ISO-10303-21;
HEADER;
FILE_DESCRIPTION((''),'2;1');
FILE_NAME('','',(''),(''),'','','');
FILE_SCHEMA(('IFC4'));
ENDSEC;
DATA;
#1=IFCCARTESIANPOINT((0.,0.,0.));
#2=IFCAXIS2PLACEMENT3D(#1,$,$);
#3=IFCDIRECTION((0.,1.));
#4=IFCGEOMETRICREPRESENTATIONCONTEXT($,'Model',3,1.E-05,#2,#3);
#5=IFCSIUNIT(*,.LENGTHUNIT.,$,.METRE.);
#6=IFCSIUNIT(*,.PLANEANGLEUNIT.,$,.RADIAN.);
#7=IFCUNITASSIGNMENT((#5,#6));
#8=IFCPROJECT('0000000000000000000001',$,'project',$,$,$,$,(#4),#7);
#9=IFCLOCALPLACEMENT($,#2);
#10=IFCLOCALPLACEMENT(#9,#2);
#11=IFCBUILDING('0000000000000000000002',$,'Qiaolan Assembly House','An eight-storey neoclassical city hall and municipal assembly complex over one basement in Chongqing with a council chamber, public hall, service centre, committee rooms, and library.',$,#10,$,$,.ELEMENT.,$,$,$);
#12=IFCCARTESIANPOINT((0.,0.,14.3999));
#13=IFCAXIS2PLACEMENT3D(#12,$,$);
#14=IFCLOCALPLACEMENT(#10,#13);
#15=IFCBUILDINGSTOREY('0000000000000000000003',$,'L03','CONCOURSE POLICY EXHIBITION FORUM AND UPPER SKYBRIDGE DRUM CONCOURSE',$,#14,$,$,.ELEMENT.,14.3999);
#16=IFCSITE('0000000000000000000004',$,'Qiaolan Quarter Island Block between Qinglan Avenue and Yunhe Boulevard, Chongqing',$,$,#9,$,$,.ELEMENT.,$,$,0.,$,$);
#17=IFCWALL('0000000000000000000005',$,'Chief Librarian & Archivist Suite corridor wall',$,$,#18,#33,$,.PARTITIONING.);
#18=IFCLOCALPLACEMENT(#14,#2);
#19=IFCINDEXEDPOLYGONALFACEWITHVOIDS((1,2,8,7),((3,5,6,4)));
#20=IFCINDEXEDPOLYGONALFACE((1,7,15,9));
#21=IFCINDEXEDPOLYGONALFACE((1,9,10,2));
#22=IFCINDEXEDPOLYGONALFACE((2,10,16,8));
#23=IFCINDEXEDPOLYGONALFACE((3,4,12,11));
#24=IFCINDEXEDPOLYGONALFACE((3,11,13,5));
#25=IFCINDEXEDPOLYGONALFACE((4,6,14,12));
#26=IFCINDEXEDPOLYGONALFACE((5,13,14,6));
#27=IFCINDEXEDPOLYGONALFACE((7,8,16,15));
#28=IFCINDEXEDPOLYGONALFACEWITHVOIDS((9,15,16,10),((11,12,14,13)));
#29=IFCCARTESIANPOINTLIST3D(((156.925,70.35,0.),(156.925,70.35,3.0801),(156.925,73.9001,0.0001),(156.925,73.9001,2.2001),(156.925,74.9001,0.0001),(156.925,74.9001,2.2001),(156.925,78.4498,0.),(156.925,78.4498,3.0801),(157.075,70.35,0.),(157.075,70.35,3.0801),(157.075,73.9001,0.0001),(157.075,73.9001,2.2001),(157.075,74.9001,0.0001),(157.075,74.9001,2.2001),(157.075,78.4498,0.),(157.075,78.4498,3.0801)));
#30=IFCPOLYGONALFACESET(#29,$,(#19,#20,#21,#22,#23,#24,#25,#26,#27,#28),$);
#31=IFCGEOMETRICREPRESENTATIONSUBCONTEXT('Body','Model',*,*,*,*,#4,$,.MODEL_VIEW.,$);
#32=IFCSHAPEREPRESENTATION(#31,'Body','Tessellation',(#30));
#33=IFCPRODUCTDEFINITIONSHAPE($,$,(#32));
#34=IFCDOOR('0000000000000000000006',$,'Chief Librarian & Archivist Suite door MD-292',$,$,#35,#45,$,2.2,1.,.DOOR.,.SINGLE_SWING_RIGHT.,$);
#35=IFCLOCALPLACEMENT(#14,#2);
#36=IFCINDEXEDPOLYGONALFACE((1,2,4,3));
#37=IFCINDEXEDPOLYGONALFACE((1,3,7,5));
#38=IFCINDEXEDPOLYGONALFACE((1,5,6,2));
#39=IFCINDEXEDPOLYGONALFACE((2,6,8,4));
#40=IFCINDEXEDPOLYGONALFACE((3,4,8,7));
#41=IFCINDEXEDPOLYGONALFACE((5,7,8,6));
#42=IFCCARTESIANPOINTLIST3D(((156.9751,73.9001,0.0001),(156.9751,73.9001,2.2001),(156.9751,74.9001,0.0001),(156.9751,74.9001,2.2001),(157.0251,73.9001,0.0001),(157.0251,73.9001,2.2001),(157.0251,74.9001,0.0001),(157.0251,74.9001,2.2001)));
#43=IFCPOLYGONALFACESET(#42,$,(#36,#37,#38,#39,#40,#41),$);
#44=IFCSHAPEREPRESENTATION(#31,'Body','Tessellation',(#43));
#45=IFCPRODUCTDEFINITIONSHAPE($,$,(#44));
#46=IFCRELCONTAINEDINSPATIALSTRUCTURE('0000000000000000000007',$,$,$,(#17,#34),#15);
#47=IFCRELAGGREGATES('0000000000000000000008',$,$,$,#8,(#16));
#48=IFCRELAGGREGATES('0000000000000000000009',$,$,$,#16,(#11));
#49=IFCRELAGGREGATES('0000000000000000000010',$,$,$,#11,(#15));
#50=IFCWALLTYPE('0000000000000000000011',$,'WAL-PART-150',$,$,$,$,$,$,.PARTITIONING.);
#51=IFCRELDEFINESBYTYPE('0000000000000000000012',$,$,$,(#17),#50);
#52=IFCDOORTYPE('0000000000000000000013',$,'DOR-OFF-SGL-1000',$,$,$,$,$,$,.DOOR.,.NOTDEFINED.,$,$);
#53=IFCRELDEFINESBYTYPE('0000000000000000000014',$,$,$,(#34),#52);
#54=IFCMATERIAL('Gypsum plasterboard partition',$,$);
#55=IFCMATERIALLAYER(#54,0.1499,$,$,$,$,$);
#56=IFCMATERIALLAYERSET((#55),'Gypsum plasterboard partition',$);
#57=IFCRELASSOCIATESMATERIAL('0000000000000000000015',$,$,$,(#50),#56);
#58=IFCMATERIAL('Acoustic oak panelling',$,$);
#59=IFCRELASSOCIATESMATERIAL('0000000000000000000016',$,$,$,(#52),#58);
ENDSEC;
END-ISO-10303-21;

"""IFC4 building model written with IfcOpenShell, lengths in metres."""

from ifc_helpers import new_model, si_unit, direction, frame, frame_2d, origin, place, context, subcontext, project, spatial, rectangle, extrude, material, layer, layer_set, type_object, element, fill, save


model = new_model("IFC4")

# Units and contexts
model_context = context("Model", 3, precision=1e-05, world=origin(), true_north=direction((0.0, 1.0)))
body_context = subcontext(model_context, "Body", "Model", "MODEL_VIEW")
ifc_project = project(units=[si_unit("LENGTHUNIT", "METRE"), si_unit("PLANEANGLEUNIT", "RADIAN")], contexts=[model_context])

# Site, building, storey
site_placement = place(None, origin())
site = spatial("IfcSite", under=ifc_project, at=site_placement, Name="Qiaolan Quarter Island Block between Qinglan Avenue and Yunhe Boulevard, Chongqing", CompositionType="ELEMENT", RefElevation=0.0)
building_placement = place(site_placement, origin())
building = spatial("IfcBuilding", under=site, at=building_placement, Name="Qiaolan Assembly House", Description="An eight-storey neoclassical city hall and municipal assembly complex over one basement in Chongqing with a council chamber, public hall, service centre, committee rooms, and library.", CompositionType="ELEMENT")
storey_placement = place(building_placement, frame((0.0, 0.0, 14.3999)))
storey = spatial("IfcBuildingStorey", under=building, at=storey_placement, Name="L03", Description="CONCOURSE POLICY EXHIBITION FORUM AND UPPER SKYBRIDGE DRUM CONCOURSE", CompositionType="ELEMENT", Elevation=14.3999)

# Shared definitions
ifc_material_1 = material(Name="Gypsum plasterboard partition")

# Wall, opening, door
ifc_layer_1 = layer(ifc_material_1, 0.1499)
ifc_layer_set_1 = layer_set([ifc_layer_1], Name="Gypsum plasterboard partition")
wall_type_1 = type_object("IfcWallType", Name="WAL-PART-150", PredefinedType="PARTITIONING", material=ifc_layer_set_1)
wall_1_placement = place(storey_placement, frame((157.0, 70.3501, 0.0), z_axis=(0.0, 0.0, 1.0), x_axis=(0.0, 1.0, 0.0)))
wall_1 = element("IfcWall", 1, at=wall_1_placement, inside=storey, type_object=wall_type_1, Name="Chief Librarian & Archivist Suite corridor wall", PredefinedType="PARTITIONING", context=body_context, shape_type="SweptSolid", body=[
    extrude(rectangle(XDim=8.0999, YDim=0.1499, at=frame_2d((4.0498, 0.0))), origin(), (0.0, 0.0, 1.0), 3.0801),
])
opening_placement = place(wall_1_placement, frame((3.55, 0.0, 0.0)))
opening = element("IfcOpeningElement", 2, at=opening_placement, cuts=wall_1, PredefinedType="OPENING", context=body_context, shape_type="SweptSolid", body=[
    extrude(rectangle(XDim=1.0, YDim=2.2, at=frame_2d((0.5, 1.1001))), frame((0.0, 0.085, 0.0), z_axis=(0.0, -1.0, 0.0), x_axis=(1.0, 0.0, 0.0)), (0.0, 0.0, 1.0), 0.1699),
])
ifc_material_2 = material(Name="Acoustic oak panelling")
door_type = type_object("IfcDoorType", Name="DOR-OFF-SGL-1000", OperationType="NOTDEFINED", PredefinedType="DOOR", material=ifc_material_2)
door_placement = place(opening_placement, origin())
door = element("IfcDoor", 3, at=door_placement, inside=storey, type_object=door_type, Name="Chief Librarian & Archivist Suite door MD-292", OperationType="SINGLE_SWING_RIGHT", OverallHeight=2.2, OverallWidth=1.0, PredefinedType="DOOR", context=body_context, shape_type="SweptSolid", body=[
    extrude(rectangle(XDim=1.0, YDim=2.2, at=frame_2d((0.5, 1.1001))), frame((0.0, 0.0249, 0.0), z_axis=(0.0, -1.0, 0.0), x_axis=(1.0, 0.0, 0.0)), (0.0, 0.0, 1.0), 0.05),
])
fill(opening, door)

save(model, "model.ifc")
